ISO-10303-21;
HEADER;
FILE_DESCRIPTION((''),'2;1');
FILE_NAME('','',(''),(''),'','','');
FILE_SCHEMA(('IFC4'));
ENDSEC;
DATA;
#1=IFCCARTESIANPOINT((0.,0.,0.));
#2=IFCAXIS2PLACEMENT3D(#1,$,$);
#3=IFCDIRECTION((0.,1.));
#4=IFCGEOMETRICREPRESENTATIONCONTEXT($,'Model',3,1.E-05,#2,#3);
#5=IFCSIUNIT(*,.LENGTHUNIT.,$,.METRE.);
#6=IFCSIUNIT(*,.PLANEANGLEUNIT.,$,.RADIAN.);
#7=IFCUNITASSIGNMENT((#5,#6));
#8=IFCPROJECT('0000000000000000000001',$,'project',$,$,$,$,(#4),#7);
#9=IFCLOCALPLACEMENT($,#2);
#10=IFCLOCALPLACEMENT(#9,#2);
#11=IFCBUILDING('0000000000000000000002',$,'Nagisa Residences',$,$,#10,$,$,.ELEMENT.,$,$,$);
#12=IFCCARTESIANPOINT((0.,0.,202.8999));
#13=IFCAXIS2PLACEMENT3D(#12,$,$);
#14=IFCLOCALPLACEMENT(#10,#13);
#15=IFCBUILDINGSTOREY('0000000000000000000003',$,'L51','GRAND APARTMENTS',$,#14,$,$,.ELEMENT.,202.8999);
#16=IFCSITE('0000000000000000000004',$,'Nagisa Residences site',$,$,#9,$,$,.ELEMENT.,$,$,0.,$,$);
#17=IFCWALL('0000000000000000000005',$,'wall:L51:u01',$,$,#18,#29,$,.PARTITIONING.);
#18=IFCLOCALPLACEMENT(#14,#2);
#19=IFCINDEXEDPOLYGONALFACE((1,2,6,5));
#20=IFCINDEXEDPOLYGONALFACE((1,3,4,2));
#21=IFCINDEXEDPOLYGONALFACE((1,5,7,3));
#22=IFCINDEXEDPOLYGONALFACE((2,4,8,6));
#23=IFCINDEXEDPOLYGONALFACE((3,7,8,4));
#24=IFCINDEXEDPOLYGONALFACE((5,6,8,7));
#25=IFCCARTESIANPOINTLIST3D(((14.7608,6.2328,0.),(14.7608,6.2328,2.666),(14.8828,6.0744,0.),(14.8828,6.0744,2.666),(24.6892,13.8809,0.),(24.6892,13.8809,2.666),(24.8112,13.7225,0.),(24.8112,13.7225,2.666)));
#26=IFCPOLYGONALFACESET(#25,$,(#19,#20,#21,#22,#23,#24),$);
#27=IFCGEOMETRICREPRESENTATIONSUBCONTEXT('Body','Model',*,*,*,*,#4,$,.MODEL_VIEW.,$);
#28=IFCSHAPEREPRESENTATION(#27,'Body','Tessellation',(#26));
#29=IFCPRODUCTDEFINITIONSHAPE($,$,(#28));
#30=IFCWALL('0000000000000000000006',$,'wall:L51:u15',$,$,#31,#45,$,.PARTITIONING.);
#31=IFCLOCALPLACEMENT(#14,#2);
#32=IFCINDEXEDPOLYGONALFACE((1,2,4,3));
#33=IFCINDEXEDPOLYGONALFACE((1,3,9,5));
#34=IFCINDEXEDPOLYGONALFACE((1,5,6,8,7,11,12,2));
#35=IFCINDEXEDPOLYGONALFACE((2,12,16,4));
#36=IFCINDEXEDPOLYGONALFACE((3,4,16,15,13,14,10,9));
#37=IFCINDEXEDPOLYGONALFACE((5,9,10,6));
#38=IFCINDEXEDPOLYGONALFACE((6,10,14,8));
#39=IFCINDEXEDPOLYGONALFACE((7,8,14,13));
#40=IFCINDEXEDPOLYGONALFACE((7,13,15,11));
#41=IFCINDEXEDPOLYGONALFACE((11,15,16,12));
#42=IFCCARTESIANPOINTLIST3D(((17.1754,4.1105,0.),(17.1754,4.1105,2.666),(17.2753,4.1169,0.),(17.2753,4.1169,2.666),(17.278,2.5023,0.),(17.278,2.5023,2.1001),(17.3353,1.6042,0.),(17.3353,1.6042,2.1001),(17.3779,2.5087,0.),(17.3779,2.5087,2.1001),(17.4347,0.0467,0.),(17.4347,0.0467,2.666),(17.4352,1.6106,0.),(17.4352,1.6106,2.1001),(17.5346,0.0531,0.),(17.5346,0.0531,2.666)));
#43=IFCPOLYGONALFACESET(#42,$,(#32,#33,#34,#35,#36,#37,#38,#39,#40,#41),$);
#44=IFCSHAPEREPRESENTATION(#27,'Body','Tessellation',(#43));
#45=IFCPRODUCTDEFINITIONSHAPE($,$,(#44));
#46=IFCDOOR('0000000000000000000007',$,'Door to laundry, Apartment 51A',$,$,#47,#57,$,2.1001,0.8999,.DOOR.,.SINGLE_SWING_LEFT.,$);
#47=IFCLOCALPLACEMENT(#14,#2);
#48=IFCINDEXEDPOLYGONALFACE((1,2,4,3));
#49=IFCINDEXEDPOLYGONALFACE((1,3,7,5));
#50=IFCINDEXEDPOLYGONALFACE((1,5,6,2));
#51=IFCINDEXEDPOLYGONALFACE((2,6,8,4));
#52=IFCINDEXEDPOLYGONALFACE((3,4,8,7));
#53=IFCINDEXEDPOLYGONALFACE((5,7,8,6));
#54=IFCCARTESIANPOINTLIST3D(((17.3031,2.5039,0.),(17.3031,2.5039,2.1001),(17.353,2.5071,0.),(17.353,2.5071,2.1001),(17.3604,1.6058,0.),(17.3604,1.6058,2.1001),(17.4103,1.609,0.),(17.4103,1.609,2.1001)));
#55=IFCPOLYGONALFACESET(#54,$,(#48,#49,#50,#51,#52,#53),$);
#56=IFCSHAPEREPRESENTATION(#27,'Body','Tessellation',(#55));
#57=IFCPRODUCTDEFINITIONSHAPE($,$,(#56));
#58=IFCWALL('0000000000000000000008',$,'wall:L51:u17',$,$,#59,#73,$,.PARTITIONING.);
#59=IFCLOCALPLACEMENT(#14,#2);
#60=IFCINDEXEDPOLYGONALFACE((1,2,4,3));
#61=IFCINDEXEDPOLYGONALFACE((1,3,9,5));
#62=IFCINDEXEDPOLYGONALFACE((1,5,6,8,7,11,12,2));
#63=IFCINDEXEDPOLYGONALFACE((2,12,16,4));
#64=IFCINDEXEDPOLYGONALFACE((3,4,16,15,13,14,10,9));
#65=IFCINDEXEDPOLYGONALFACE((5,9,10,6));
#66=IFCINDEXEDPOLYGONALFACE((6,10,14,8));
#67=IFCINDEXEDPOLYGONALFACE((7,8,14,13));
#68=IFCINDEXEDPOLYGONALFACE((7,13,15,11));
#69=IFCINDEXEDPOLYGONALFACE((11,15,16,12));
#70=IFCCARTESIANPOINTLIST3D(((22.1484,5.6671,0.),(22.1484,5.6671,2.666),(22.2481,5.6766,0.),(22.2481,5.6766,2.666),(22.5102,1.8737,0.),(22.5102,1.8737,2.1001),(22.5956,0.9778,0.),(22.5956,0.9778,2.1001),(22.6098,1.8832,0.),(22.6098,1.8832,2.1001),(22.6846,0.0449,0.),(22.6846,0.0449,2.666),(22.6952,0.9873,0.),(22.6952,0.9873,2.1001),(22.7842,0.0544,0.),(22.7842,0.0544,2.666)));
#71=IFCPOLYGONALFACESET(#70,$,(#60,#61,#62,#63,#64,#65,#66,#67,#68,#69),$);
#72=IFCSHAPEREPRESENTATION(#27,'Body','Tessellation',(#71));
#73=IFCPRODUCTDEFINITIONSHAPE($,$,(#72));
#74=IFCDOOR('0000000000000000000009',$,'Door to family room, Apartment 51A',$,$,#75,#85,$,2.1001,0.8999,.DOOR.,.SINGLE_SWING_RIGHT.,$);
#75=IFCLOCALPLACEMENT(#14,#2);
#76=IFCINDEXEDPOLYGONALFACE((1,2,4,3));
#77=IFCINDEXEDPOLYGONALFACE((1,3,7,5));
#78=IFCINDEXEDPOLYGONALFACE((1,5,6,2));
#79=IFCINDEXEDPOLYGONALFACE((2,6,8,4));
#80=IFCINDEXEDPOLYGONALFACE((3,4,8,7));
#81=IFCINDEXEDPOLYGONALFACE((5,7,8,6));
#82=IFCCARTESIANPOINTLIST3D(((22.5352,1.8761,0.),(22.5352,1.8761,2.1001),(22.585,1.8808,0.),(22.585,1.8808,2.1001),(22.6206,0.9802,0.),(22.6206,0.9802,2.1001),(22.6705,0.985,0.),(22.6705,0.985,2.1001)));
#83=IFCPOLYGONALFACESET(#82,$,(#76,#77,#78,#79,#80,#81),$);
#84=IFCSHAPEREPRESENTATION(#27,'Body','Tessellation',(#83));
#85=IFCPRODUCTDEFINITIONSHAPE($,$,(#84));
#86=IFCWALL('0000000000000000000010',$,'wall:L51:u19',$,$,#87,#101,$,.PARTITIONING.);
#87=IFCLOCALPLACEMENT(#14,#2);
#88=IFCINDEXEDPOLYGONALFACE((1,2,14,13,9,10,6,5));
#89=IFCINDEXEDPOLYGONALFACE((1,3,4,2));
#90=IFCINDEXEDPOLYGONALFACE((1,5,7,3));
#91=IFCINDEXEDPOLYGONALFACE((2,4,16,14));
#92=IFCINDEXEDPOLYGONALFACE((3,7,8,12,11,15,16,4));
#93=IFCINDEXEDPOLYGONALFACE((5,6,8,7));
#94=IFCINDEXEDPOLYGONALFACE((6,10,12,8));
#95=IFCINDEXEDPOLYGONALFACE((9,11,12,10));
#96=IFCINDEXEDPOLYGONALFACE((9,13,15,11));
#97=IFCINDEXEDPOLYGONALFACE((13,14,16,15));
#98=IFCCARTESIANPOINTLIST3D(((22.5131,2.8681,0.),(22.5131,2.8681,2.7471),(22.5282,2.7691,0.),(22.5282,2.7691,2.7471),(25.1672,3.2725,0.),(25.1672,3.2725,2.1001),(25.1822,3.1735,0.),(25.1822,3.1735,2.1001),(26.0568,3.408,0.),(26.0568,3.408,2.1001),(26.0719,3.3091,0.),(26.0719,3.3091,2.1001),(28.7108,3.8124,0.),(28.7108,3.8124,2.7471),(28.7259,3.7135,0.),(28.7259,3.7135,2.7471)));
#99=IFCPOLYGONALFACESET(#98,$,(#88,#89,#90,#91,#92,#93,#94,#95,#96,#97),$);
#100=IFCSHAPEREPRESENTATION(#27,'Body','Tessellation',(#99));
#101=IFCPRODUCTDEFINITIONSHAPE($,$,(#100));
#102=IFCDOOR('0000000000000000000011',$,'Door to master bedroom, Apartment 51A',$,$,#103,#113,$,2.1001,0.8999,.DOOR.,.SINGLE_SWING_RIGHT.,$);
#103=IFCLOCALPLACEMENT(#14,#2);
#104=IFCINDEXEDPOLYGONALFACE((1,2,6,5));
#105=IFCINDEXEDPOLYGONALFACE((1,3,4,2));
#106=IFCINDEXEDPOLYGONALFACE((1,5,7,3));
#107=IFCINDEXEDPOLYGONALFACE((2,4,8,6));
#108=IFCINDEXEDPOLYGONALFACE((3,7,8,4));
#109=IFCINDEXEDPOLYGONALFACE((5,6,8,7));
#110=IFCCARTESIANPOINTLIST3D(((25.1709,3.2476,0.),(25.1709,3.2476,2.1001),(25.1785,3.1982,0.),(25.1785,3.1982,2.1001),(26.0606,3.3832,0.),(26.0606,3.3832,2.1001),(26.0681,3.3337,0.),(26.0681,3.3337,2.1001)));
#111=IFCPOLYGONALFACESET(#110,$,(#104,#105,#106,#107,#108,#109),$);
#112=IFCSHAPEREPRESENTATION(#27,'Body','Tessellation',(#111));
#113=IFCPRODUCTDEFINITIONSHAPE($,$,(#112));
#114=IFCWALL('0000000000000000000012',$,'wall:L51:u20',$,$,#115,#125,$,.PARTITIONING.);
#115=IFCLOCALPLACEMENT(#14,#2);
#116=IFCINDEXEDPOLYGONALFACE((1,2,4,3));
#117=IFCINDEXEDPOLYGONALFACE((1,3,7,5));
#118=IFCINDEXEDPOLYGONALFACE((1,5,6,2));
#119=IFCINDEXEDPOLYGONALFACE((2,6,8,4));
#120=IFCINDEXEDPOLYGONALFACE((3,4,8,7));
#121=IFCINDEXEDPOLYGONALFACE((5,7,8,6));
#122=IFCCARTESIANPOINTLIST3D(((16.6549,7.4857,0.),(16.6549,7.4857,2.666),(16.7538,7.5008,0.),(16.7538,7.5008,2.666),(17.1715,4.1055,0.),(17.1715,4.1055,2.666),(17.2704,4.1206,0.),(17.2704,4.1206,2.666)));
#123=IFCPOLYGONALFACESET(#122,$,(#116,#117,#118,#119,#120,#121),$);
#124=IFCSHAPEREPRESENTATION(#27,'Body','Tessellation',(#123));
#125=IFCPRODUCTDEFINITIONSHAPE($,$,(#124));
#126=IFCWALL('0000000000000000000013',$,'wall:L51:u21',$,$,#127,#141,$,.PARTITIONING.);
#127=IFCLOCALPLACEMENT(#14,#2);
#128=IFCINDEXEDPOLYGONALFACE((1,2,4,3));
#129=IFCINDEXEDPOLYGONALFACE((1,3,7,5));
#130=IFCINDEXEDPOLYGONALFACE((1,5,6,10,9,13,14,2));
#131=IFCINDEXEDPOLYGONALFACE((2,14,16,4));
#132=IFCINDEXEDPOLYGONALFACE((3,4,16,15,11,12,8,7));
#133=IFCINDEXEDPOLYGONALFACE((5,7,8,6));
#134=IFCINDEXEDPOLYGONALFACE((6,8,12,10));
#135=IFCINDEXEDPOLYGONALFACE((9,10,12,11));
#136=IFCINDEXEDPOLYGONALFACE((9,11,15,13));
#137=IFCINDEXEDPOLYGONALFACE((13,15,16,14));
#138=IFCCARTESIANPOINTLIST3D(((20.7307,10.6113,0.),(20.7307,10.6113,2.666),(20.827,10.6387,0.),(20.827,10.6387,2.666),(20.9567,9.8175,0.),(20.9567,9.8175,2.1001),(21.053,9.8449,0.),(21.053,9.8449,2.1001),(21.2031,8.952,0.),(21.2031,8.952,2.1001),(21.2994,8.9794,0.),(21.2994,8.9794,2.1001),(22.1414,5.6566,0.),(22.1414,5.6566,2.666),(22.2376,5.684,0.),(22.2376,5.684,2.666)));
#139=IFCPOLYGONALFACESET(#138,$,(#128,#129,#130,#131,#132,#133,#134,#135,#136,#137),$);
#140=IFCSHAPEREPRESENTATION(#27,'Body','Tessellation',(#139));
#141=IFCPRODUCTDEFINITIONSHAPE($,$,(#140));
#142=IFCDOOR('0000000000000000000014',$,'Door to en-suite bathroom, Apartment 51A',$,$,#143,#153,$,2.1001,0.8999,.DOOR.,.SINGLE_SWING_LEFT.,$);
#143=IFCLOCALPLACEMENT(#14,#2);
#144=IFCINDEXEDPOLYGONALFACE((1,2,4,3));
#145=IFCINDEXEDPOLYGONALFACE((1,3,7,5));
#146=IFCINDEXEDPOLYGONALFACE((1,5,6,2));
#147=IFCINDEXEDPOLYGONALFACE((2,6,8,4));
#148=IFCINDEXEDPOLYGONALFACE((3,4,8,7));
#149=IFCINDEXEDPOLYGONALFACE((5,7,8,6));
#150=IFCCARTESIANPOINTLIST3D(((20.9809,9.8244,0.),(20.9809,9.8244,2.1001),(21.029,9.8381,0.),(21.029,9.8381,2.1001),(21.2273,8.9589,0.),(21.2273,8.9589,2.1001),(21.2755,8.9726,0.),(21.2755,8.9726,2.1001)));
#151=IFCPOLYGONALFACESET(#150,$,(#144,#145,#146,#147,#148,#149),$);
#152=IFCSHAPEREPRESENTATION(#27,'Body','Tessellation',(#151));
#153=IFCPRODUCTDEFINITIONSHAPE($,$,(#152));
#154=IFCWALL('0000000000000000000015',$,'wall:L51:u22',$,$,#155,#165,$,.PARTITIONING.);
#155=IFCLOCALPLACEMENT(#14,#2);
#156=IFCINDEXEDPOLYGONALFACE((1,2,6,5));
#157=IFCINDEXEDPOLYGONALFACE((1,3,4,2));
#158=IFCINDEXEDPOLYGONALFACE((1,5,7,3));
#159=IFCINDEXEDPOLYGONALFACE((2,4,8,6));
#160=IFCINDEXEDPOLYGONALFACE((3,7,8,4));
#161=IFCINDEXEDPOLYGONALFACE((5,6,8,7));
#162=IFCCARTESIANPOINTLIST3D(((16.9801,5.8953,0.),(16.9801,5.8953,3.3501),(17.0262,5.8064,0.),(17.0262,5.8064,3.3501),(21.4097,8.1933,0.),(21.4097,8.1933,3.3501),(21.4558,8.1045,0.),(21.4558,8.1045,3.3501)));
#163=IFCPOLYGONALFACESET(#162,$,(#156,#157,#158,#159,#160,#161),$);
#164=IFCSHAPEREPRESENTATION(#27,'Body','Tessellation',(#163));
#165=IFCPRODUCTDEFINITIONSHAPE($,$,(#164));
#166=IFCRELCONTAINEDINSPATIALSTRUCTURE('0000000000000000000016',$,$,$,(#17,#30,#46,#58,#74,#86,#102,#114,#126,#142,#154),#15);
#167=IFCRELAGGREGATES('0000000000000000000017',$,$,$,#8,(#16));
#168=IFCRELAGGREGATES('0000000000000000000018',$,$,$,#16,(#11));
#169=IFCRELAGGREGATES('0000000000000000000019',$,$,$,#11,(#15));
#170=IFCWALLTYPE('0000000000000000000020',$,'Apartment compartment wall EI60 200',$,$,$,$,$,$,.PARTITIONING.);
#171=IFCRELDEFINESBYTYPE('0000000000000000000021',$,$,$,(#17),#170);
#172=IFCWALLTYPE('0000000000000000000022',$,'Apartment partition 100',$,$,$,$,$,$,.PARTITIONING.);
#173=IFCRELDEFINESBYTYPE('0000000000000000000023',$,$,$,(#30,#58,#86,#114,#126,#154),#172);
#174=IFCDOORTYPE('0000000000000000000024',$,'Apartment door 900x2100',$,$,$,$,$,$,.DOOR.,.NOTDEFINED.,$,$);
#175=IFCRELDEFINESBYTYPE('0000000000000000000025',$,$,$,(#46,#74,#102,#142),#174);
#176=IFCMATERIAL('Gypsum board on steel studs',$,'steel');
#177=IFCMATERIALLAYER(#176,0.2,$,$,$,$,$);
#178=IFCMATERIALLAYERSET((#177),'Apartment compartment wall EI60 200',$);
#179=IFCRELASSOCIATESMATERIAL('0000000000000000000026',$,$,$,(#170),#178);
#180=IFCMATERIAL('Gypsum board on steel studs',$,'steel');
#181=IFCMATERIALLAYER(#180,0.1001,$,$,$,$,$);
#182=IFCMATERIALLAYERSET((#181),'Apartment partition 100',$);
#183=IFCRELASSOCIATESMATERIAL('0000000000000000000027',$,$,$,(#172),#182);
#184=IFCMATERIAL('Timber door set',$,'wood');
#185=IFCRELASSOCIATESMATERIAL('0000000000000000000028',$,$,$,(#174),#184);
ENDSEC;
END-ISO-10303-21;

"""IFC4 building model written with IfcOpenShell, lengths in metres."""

from ifc_helpers import new_model, si_unit, direction, frame, frame_2d, origin, place, context, subcontext, project, spatial, rectangle, extrude, material, layer, layer_set, type_object, element, fill, save


model = new_model("IFC4")

# Units and contexts
model_context = context("Model", 3, precision=1e-05, world=origin(), true_north=direction((0.0, 1.0)))
body_context = subcontext(model_context, "Body", "Model", "MODEL_VIEW")
ifc_project = project(units=[si_unit("LENGTHUNIT", "METRE"), si_unit("PLANEANGLEUNIT", "RADIAN")], contexts=[model_context])

# Site, building, storey
site_placement = place(None, origin())
site = spatial("IfcSite", under=ifc_project, at=site_placement, Name="Nagisa Residences site", CompositionType="ELEMENT", RefElevation=0.0)
building_placement = place(site_placement, origin())
building = spatial("IfcBuilding", under=site, at=building_placement, Name="Nagisa Residences", CompositionType="ELEMENT")
storey_placement = place(building_placement, frame((0.0, 0.0, 202.8999)))
storey = spatial("IfcBuildingStorey", under=building, at=storey_placement, Name="L51", Description="GRAND APARTMENTS", CompositionType="ELEMENT", Elevation=202.8999)

# Wall
ifc_material_1 = material(Name="Gypsum board on steel studs", Category="steel")
ifc_layer_1 = layer(ifc_material_1, 0.2)
ifc_layer_set_1 = layer_set([ifc_layer_1], Name="Apartment compartment wall EI60 200")
wall_type_1 = type_object("IfcWallType", Name="Apartment compartment wall EI60 200", PredefinedType="PARTITIONING", material=ifc_layer_set_1)
wall_1_placement = place(storey_placement, frame((14.8218, 6.1536, 0.0), z_axis=(0.0, 0.0, 1.0), x_axis=(0.792203, 0.610258, 0.0)))
element("IfcWall", 1, at=wall_1_placement, inside=storey, type_object=wall_type_1, Name="wall:L51:u01", PredefinedType="PARTITIONING", context=body_context, shape_type="SweptSolid", body=[
    extrude(rectangle(XDim=12.5327, YDim=0.2, at=frame_2d((6.2664, 0.0))), origin(), (0.0, 0.0, 1.0), 2.666),
])

# Walls, openings, doors
ifc_material_2 = material(Name="Gypsum board on steel studs", Category="steel")
ifc_layer_2 = layer(ifc_material_2, 0.1001)
ifc_layer_set_2 = layer_set([ifc_layer_2], Name="Apartment partition 100")
wall_type_2 = type_object("IfcWallType", Name="Apartment partition 100", PredefinedType="PARTITIONING", material=ifc_layer_set_2)
wall_2_placement = place(storey_placement, frame((17.4846, 0.0498, 0.0), z_axis=(0.0, 0.0, 1.0), x_axis=(-0.063673, 0.997971, 0.0)))
wall_2 = element("IfcWall", 2, at=wall_2_placement, inside=storey, type_object=wall_type_2, Name="wall:L51:u15", PredefinedType="PARTITIONING", context=body_context, shape_type="SweptSolid", body=[
    extrude(rectangle(XDim=4.072, YDim=0.1001, at=frame_2d((2.0361, 0.0))), origin(), (0.0, 0.0, 1.0), 2.666),
])
opening_1_placement = place(wall_2_placement, frame((1.5608, 0.0, 0.0)))
opening_1 = element("IfcOpeningElement", 3, at=opening_1_placement, cuts=wall_2, PredefinedType="OPENING", context=body_context, shape_type="SweptSolid", body=[
    extrude(rectangle(XDim=0.8999, YDim=2.1001, at=frame_2d((0.45, 1.05))), frame((0.0, 0.0601, 0.0), z_axis=(0.0, -1.0, 0.0), x_axis=(1.0, 0.0, 0.0)), (0.0, 0.0, 1.0), 0.1201),
])
ifc_material_3 = material(Name="Timber door set", Category="wood")
door_type_1 = type_object("IfcDoorType", Name="Apartment door 900x2100", OperationType="NOTDEFINED", PredefinedType="DOOR", material=ifc_material_3)
door_1_placement = place(opening_1_placement, origin())
door_1 = element("IfcDoor", 4, at=door_1_placement, inside=storey, type_object=door_type_1, Name="Door to laundry, Apartment 51A", OperationType="SINGLE_SWING_LEFT", OverallHeight=2.1001, OverallWidth=0.8999, PredefinedType="DOOR", context=body_context, shape_type="SweptSolid", body=[
    extrude(rectangle(XDim=0.8999, YDim=2.1001, at=frame_2d((0.45, 1.05))), frame((0.0, 0.0249, 0.0), z_axis=(0.0, -1.0, 0.0), x_axis=(1.0, 0.0, 0.0)), (0.0, 0.0, 1.0), 0.05),
])
fill(opening_1, door_1)
wall_3_placement = place(storey_placement, frame((22.7344, 0.0498, 0.0), z_axis=(0.0, 0.0, 1.0), x_axis=(-0.094927, 0.995484, 0.0)))
wall_3 = element("IfcWall", 5, at=wall_3_placement, inside=storey, type_object=wall_type_2, Name="wall:L51:u17", PredefinedType="PARTITIONING", context=body_context, shape_type="SweptSolid", body=[
    extrude(rectangle(XDim=5.6477, YDim=0.1001, at=frame_2d((2.8237, 0.0))), origin(), (0.0, 0.0, 1.0), 2.666),
])
opening_2_placement = place(wall_3_placement, frame((0.937, 0.0, 0.0)))
opening_2 = element("IfcOpeningElement", 6, at=opening_2_placement, cuts=wall_3, PredefinedType="OPENING", context=body_context, shape_type="SweptSolid", body=[
    extrude(rectangle(XDim=0.8999, YDim=2.1001, at=frame_2d((0.45, 1.05))), frame((0.0, 0.0601, 0.0), z_axis=(0.0, -1.0, 0.0), x_axis=(1.0, 0.0, 0.0)), (0.0, 0.0, 1.0), 0.1201),
])
door_2_placement = place(opening_2_placement, origin())
door_2 = element("IfcDoor", 7, at=door_2_placement, inside=storey, type_object=door_type_1, Name="Door to family room, Apartment 51A", OperationType="SINGLE_SWING_RIGHT", OverallHeight=2.1001, OverallWidth=0.8999, PredefinedType="DOOR", context=body_context, shape_type="SweptSolid", body=[
    extrude(rectangle(XDim=0.8999, YDim=2.1001, at=frame_2d((0.45, 1.05))), frame((0.0, 0.0249, 0.0), z_axis=(0.0, -1.0, 0.0), x_axis=(1.0, 0.0, 0.0)), (0.0, 0.0, 1.0), 0.05),
])
fill(opening_2, door_2)
wall_4_placement = place(storey_placement, frame((22.5205, 2.8186, 0.0), z_axis=(0.0, 0.0, 1.0), x_axis=(0.98859, 0.150629, 0.0)))
wall_4 = element("IfcWall", 8, at=wall_4_placement, inside=storey, type_object=wall_type_2, Name="wall:L51:u19", PredefinedType="PARTITIONING", context=body_context, shape_type="SweptSolid", body=[
    extrude(rectangle(XDim=6.2693, YDim=0.1001, at=frame_2d((3.1348, 0.0))), origin(), (0.0, 0.0, 1.0), 2.7471),
])
opening_3_placement = place(wall_4_placement, frame((2.6848, 0.0, 0.0)))
opening_3 = element("IfcOpeningElement", 9, at=opening_3_placement, cuts=wall_4, PredefinedType="OPENING", context=body_context, shape_type="SweptSolid", body=[
    extrude(rectangle(XDim=0.8999, YDim=2.1001, at=frame_2d((0.45, 1.05))), frame((0.0, 0.0601, 0.0), z_axis=(0.0, -1.0, 0.0), x_axis=(1.0, 0.0, 0.0)), (0.0, 0.0, 1.0), 0.1201),
])
door_3_placement = place(opening_3_placement, origin())
door_3 = element("IfcDoor", 10, at=door_3_placement, inside=storey, type_object=door_type_1, Name="Door to master bedroom, Apartment 51A", OperationType="SINGLE_SWING_RIGHT", OverallHeight=2.1001, OverallWidth=0.8999, PredefinedType="DOOR", context=body_context, shape_type="SweptSolid", body=[
    extrude(rectangle(XDim=0.8999, YDim=2.1001, at=frame_2d((0.45, 1.05))), frame((0.0, 0.0249, 0.0), z_axis=(0.0, -1.0, 0.0), x_axis=(1.0, 0.0, 0.0)), (0.0, 0.0, 1.0), 0.05),
])
fill(opening_3, door_3)

# Wall
wall_5_placement = place(storey_placement, frame((17.2209, 4.113, 0.0), z_axis=(0.0, 0.0, 1.0), x_axis=(-0.151081, 0.988521, 0.0)))
element("IfcWall", 11, at=wall_5_placement, inside=storey, type_object=wall_type_2, Name="wall:L51:u20", PredefinedType="PARTITIONING", context=body_context, shape_type="SweptSolid", body=[
    extrude(rectangle(XDim=3.4194, YDim=0.1001, at=frame_2d((1.7097, 0.0))), origin(), (0.0, 0.0, 1.0), 2.666),
])

# Wall, opening, door
wall_6_placement = place(storey_placement, frame((22.1895, 5.6704, 0.0), z_axis=(0.0, 0.0, 1.0), x_axis=(-0.27382, 0.961781, 0.0)))
wall_6 = element("IfcWall", 12, at=wall_6_placement, inside=storey, type_object=wall_type_2, Name="wall:L51:u21", PredefinedType="PARTITIONING", context=body_context, shape_type="SweptSolid", body=[
    extrude(rectangle(XDim=5.1516, YDim=0.1001, at=frame_2d((2.5757, 0.0))), origin(), (0.0, 0.0, 1.0), 2.666),
])
opening_4_placement = place(wall_6_placement, frame((3.4263, 0.0, 0.0)))
opening_4 = element("IfcOpeningElement", 13, at=opening_4_placement, cuts=wall_6, PredefinedType="OPENING", context=body_context, shape_type="SweptSolid", body=[
    extrude(rectangle(XDim=0.8999, YDim=2.1001, at=frame_2d((0.45, 1.05))), frame((0.0, 0.0601, 0.0), z_axis=(0.0, -1.0, 0.0), x_axis=(1.0, 0.0, 0.0)), (0.0, 0.0, 1.0), 0.1201),
])
door_4_placement = place(opening_4_placement, origin())
door_4 = element("IfcDoor", 14, at=door_4_placement, inside=storey, type_object=door_type_1, Name="Door to en-suite bathroom, Apartment 51A", OperationType="SINGLE_SWING_LEFT", OverallHeight=2.1001, OverallWidth=0.8999, PredefinedType="DOOR", context=body_context, shape_type="SweptSolid", body=[
    extrude(rectangle(XDim=0.8999, YDim=2.1001, at=frame_2d((0.45, 1.05))), frame((0.0, 0.0249, 0.0), z_axis=(0.0, -1.0, 0.0), x_axis=(1.0, 0.0, 0.0)), (0.0, 0.0, 1.0), 0.05),
])
fill(opening_4, door_4)

# Wall
wall_7_placement = place(storey_placement, frame((17.0032, 5.8508, 0.0), z_axis=(0.0, 0.0, 1.0), x_axis=(0.887655, 0.46051, 0.0)))
element("IfcWall", 15, at=wall_7_placement, inside=storey, type_object=wall_type_2, Name="wall:L51:u22", PredefinedType="PARTITIONING", context=body_context, shape_type="SweptSolid", body=[
    extrude(rectangle(XDim=4.9902, YDim=0.1001, at=frame_2d((2.4951, 0.0))), origin(), (0.0, 0.0, 1.0), 3.3501),
])

save(model, "model.ifc")
